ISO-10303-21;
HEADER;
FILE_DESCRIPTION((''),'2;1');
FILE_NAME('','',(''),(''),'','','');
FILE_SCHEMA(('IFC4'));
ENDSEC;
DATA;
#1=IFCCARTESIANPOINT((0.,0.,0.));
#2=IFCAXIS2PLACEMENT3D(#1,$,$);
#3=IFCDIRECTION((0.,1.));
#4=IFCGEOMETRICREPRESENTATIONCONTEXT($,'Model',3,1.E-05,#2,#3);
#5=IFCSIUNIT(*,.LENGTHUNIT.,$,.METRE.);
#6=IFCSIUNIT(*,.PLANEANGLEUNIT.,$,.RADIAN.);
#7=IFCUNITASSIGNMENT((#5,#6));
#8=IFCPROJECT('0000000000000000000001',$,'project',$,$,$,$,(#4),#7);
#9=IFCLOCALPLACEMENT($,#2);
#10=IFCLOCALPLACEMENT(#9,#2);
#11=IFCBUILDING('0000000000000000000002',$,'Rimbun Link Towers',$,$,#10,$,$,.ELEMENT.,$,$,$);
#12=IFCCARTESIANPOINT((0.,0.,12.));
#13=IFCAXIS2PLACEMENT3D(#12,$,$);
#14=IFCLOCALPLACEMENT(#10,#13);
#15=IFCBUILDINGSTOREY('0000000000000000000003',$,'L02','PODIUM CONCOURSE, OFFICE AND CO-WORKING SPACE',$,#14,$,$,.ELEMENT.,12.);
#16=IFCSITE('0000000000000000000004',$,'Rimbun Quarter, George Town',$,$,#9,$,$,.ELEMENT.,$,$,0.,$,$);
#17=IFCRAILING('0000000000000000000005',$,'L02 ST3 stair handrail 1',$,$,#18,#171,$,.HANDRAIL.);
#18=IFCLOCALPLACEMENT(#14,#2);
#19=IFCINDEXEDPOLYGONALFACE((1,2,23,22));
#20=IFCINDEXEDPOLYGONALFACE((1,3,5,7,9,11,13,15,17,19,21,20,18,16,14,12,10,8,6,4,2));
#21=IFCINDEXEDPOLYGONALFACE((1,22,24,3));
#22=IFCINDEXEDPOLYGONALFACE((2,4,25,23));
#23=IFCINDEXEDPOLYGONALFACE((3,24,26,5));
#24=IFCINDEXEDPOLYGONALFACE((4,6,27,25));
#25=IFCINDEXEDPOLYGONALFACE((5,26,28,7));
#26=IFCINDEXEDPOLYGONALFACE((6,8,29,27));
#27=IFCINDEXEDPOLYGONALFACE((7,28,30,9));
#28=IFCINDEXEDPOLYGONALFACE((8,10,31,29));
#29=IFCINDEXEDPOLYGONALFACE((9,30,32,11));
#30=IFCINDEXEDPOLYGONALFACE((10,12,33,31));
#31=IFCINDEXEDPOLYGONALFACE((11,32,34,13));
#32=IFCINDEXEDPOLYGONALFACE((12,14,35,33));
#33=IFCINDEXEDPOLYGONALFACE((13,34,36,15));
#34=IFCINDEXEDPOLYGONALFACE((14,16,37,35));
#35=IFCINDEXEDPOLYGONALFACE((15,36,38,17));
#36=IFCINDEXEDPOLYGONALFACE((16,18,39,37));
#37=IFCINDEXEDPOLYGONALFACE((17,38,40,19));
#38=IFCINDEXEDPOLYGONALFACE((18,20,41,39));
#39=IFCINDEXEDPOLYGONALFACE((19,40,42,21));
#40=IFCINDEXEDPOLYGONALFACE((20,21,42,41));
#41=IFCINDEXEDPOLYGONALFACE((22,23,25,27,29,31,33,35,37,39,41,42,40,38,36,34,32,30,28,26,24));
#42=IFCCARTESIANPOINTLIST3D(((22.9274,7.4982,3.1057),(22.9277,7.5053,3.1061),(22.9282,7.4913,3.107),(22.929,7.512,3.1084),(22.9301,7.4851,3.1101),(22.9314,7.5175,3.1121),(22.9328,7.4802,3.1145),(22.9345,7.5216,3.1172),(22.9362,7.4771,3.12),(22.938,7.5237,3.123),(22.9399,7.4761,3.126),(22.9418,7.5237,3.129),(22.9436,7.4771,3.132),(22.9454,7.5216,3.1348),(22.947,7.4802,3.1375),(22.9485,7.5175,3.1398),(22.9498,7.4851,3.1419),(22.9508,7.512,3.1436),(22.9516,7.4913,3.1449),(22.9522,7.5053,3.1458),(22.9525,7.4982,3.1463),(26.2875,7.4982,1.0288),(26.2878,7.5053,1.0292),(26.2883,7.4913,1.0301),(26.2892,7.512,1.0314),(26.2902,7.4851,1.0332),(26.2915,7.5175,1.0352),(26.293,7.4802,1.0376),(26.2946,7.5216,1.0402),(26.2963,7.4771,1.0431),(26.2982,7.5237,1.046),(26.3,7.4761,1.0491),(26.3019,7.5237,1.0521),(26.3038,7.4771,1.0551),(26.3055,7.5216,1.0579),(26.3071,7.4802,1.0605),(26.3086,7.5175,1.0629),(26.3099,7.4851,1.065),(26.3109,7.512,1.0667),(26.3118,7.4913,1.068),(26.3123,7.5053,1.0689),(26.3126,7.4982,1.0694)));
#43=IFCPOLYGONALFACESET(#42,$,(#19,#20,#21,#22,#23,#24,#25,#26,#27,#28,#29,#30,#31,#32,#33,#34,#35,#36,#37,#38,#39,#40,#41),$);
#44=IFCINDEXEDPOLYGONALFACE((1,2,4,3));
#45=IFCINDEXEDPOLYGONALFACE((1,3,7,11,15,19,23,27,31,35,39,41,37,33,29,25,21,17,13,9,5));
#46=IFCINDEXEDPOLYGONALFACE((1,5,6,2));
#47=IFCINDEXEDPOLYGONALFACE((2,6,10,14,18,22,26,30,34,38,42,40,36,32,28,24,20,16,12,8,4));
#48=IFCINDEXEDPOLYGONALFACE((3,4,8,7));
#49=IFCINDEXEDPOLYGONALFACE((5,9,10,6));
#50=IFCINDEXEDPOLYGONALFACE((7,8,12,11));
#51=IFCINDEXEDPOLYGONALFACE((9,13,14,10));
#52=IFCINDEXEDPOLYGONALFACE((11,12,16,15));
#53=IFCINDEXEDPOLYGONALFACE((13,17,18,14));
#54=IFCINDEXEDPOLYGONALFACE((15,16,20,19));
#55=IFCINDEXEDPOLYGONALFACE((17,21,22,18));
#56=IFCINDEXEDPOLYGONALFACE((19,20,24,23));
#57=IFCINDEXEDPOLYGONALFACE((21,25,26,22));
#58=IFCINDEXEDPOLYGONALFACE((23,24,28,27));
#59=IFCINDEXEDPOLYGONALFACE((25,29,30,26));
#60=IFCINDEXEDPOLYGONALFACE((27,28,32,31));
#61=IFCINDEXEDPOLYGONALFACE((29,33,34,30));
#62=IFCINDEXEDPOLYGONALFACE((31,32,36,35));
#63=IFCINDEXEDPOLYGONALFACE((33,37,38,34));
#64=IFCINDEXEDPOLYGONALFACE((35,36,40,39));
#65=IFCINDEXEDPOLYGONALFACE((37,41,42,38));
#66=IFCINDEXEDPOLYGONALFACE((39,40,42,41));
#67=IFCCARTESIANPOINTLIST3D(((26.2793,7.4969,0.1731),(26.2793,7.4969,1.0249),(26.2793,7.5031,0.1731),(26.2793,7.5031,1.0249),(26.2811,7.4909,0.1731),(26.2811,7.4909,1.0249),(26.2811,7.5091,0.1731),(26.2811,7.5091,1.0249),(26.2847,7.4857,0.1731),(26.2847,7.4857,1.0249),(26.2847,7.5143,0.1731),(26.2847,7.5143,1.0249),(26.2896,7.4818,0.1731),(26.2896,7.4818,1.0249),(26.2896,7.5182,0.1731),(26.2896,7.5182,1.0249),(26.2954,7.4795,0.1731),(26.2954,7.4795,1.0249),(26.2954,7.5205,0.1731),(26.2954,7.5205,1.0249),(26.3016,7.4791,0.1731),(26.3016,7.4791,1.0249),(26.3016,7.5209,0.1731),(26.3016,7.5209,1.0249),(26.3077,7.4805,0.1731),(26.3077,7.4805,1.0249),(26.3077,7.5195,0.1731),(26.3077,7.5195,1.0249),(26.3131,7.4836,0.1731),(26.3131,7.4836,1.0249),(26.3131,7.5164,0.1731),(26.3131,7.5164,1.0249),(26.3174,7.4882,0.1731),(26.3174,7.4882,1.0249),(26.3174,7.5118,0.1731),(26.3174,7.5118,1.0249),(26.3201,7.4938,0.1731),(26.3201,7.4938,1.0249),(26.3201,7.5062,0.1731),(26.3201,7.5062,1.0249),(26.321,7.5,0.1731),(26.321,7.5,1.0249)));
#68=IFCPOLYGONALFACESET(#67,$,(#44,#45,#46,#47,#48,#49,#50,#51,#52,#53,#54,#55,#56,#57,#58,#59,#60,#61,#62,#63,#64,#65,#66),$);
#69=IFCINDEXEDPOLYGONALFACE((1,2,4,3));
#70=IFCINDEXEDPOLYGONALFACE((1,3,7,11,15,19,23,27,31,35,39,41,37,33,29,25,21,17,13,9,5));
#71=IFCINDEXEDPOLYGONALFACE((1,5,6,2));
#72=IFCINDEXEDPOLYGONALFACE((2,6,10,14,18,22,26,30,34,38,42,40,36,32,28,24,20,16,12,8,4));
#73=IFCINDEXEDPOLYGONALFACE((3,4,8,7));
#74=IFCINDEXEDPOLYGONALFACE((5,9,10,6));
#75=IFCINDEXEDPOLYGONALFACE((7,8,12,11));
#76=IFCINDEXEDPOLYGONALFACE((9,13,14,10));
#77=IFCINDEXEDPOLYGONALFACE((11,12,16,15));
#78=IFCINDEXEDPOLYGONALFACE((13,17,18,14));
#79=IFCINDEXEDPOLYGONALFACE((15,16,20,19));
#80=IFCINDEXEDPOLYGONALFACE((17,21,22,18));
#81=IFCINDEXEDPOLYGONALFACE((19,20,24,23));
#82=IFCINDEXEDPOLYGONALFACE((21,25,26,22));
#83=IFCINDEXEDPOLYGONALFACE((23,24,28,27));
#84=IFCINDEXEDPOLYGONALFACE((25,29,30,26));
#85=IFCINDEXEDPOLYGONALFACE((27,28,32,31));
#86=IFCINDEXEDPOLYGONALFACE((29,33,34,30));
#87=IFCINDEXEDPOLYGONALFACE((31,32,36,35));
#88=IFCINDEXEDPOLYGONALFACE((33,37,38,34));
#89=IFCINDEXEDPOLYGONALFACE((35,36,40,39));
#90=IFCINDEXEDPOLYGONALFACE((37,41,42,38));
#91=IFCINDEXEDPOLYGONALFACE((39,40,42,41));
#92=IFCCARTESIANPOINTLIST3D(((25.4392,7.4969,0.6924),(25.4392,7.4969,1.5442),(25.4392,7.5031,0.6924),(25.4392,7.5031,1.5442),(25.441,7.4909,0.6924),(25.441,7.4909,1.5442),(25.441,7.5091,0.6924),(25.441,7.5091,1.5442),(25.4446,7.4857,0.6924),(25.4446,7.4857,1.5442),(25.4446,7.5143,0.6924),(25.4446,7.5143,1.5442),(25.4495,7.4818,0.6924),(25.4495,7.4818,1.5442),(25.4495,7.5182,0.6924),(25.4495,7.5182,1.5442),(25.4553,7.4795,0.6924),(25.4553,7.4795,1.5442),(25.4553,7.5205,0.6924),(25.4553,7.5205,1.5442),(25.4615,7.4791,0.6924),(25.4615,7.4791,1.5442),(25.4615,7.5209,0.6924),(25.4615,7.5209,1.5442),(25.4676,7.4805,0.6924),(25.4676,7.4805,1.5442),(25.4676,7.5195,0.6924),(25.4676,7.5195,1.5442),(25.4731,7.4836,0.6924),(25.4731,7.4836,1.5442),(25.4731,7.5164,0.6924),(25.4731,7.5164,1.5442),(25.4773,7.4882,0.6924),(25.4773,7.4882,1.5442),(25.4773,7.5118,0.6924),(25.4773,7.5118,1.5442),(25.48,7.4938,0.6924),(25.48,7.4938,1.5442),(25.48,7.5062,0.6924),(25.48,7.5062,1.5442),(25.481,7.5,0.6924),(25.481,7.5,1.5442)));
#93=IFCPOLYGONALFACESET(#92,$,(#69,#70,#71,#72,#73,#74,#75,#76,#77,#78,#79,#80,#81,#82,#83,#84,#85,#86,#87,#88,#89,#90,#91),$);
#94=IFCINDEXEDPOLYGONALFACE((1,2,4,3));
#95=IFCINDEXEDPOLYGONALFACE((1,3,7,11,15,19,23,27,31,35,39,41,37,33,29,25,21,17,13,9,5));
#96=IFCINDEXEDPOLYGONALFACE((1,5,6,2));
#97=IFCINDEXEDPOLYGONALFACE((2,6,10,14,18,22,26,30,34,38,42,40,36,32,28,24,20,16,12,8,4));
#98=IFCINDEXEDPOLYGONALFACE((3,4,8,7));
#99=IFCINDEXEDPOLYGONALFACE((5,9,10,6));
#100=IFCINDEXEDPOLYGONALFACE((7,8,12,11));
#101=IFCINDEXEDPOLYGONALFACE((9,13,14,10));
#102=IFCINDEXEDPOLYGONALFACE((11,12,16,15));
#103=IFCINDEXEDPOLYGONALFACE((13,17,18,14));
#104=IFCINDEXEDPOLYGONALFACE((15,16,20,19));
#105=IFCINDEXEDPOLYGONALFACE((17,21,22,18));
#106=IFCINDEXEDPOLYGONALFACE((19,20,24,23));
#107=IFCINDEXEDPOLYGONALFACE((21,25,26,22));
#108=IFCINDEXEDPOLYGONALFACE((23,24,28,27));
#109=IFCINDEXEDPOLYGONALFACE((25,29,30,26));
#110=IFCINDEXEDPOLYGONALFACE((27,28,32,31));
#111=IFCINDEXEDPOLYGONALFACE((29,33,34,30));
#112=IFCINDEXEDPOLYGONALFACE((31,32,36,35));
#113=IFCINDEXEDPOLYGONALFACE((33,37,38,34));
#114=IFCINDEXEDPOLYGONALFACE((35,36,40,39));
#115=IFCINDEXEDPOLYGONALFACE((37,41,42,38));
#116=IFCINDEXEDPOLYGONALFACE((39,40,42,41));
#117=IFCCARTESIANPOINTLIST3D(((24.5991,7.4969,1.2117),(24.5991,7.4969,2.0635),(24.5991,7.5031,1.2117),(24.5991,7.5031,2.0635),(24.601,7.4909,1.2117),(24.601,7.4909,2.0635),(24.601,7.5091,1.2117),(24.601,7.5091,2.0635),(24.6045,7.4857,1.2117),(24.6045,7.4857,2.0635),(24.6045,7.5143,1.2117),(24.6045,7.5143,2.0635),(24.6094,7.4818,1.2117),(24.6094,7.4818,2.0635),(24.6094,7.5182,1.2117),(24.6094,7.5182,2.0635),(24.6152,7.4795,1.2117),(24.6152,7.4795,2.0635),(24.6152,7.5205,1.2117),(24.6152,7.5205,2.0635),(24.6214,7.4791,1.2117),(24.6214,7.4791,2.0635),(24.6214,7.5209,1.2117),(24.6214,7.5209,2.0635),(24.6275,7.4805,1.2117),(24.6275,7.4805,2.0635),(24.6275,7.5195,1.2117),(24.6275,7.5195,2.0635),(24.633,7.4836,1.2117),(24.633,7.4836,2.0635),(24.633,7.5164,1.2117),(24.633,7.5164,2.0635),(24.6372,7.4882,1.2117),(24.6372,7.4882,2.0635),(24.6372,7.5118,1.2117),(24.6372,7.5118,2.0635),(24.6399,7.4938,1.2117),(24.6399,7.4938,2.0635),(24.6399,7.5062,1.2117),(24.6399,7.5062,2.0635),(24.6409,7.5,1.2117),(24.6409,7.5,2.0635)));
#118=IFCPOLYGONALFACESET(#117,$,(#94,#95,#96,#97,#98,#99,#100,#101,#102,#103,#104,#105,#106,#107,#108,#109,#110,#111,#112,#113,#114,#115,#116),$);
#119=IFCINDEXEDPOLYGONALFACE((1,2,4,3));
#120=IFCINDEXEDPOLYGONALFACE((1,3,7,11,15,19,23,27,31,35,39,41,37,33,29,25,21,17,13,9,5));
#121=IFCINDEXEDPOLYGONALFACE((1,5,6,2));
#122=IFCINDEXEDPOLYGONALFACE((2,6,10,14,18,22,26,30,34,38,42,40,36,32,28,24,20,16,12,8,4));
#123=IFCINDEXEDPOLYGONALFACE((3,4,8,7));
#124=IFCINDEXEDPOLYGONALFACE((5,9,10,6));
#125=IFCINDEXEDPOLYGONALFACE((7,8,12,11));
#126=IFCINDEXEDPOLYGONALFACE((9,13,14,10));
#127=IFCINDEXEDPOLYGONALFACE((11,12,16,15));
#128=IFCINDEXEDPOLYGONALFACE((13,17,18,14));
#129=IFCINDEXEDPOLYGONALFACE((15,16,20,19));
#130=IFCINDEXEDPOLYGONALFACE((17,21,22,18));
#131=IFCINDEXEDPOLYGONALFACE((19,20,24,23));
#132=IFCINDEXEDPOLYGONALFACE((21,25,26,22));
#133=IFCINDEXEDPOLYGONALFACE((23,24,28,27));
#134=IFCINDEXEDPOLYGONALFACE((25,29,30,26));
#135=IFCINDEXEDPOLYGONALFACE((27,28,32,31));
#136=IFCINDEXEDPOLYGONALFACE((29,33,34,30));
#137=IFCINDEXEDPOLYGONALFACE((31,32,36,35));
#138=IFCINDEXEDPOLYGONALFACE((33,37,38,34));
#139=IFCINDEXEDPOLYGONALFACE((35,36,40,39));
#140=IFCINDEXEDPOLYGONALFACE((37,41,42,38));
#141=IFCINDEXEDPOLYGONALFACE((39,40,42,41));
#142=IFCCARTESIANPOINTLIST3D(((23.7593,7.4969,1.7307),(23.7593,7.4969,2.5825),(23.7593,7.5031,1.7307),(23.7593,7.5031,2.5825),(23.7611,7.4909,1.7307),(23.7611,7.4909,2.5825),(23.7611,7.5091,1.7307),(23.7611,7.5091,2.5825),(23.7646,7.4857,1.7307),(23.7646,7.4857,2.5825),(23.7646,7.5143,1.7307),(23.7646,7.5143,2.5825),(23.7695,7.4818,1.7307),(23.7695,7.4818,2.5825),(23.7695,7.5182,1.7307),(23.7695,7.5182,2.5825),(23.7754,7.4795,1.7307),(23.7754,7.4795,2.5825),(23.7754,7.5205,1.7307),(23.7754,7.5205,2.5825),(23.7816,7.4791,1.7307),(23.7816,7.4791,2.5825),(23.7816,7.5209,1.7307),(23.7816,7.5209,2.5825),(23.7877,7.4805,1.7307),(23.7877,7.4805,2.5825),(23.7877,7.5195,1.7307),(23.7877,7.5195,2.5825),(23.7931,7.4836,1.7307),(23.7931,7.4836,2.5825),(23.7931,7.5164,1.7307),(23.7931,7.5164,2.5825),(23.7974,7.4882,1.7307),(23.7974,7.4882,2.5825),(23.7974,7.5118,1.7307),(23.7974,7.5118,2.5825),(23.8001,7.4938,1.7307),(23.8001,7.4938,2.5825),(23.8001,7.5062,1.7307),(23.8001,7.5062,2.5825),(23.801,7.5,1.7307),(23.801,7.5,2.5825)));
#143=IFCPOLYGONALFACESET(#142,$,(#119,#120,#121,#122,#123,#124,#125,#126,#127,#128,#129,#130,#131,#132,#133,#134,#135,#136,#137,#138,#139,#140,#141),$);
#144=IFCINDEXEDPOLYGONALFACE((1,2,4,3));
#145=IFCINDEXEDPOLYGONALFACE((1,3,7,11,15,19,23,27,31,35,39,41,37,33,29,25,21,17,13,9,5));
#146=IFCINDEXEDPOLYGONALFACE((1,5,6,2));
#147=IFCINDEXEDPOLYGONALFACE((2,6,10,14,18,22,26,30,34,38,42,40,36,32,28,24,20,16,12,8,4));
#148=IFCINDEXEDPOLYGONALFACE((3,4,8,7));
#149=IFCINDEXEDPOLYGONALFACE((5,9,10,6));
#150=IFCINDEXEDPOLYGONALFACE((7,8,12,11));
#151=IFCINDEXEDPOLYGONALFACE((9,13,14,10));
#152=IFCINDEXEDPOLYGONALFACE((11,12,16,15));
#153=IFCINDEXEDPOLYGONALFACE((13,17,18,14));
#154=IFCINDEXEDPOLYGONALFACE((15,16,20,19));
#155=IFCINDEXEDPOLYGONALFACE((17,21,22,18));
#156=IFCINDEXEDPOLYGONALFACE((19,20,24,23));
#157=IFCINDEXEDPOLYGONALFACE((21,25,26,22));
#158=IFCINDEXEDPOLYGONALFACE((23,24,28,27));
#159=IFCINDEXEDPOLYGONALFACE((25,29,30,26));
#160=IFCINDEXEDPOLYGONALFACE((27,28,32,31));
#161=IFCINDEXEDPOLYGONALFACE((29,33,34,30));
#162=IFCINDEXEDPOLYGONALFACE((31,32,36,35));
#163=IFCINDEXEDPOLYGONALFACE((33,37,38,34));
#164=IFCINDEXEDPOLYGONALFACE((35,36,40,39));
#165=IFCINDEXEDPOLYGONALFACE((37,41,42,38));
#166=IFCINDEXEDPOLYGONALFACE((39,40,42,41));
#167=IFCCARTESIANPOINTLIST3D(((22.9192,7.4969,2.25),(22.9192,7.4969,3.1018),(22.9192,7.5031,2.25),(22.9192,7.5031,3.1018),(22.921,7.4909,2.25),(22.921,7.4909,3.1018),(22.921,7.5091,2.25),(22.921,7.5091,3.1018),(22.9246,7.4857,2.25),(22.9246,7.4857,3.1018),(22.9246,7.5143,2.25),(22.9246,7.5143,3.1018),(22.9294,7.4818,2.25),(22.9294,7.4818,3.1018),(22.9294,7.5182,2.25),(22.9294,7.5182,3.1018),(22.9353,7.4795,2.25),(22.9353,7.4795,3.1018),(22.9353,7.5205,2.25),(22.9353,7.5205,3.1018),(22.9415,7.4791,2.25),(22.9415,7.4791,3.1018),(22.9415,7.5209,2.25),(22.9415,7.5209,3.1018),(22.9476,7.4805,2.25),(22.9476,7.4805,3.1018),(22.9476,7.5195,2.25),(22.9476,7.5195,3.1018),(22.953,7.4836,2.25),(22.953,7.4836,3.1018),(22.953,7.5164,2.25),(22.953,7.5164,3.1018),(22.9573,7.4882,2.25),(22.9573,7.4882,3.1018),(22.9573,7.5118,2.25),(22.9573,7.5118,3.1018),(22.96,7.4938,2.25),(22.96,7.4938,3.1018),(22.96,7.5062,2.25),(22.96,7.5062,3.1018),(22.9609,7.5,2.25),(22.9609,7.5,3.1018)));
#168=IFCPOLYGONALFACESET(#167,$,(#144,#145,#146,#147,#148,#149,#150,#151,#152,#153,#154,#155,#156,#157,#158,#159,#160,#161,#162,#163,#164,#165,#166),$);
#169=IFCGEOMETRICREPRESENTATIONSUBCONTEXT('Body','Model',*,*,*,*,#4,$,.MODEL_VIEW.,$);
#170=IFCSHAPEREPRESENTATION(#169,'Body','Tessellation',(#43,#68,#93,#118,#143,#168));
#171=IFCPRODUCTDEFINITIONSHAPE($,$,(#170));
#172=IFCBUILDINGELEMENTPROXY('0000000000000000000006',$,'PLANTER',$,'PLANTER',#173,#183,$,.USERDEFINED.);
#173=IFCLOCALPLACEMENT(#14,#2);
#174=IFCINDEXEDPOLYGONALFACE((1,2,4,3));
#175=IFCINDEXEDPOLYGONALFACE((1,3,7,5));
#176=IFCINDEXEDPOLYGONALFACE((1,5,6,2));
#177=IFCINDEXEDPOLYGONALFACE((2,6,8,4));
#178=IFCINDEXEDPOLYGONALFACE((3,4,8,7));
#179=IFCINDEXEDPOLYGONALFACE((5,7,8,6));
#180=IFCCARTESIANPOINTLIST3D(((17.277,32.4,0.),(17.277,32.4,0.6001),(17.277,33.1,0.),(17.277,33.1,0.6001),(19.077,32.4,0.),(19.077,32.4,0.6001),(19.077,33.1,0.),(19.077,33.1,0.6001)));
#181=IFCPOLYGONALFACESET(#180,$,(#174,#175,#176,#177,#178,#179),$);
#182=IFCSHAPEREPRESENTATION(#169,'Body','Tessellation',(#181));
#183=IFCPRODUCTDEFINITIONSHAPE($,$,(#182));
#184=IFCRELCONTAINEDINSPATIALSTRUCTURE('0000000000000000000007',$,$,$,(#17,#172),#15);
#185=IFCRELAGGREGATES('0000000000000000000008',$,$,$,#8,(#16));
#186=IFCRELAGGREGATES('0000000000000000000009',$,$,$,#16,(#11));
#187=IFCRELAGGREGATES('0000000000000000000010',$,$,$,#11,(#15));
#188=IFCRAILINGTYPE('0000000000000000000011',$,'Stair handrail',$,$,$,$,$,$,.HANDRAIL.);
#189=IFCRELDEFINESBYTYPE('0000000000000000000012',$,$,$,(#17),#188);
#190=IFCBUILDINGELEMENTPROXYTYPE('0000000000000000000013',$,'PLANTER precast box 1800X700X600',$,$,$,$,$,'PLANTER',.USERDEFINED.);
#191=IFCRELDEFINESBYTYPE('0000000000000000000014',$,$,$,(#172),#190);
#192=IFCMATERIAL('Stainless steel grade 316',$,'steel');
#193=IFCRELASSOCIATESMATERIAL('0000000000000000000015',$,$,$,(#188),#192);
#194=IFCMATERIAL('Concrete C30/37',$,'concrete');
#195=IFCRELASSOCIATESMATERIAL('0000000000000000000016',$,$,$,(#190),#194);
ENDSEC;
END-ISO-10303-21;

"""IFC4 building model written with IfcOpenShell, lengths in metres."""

from ifc_helpers import new_model, si_unit, direction, frame, origin, origin_2d, place, context, subcontext, project, spatial, rectangle, circle, extrude, material, type_object, element, save


model = new_model("IFC4")

# Units and contexts
model_context = context("Model", 3, precision=1e-05, world=origin(), true_north=direction((0.0, 1.0)))
body_context = subcontext(model_context, "Body", "Model", "MODEL_VIEW")
ifc_project = project(units=[si_unit("LENGTHUNIT", "METRE"), si_unit("PLANEANGLEUNIT", "RADIAN")], contexts=[model_context])

# Site, building, storey
site_placement = place(None, origin())
site = spatial("IfcSite", under=ifc_project, at=site_placement, Name="Rimbun Quarter, George Town", CompositionType="ELEMENT", RefElevation=0.0)
building_placement = place(site_placement, origin())
building = spatial("IfcBuilding", under=site, at=building_placement, Name="Rimbun Link Towers", CompositionType="ELEMENT")
storey_placement = place(building_placement, frame((0.0, 0.0, 12.0)))
storey = spatial("IfcBuildingStorey", under=building, at=storey_placement, Name="L02", Description="PODIUM CONCOURSE, OFFICE AND CO-WORKING SPACE", CompositionType="ELEMENT", Elevation=12.0)

# Railing
ifc_material_1 = material(Name="Stainless steel grade 316", Category="steel")
railing_type_1 = type_object("IfcRailingType", Name="Stair handrail", PredefinedType="HANDRAIL", material=ifc_material_1)
railing_1_placement = place(storey_placement, frame((26.3, 7.5, 0.1731)))
element("IfcRailing", 1, at=railing_1_placement, inside=storey, type_object=railing_type_1, Name="L02 ST3 stair handrail 1", PredefinedType="HANDRAIL", context=body_context, shape_type="SweptSolid", body=[
    extrude(circle(Radius=0.0239, at=origin_2d()), frame((0.0, 0.0, 0.876), z_axis=(-0.850623, 0.0, 0.525776), x_axis=(0.0, -1.0, 0.0)), (0.0, 0.0, 1.0), 3.9502),
    extrude(circle(Radius=0.021, at=origin_2d()), origin(), (0.0, 0.0, 1.0), 0.8518),
    extrude(circle(Radius=0.021, at=origin_2d()), frame((-0.8401, 0.0, 0.5193)), (0.0, 0.0, 1.0), 0.8518),
    extrude(circle(Radius=0.021, at=origin_2d()), frame((-1.6802, 0.0, 1.0386)), (0.0, 0.0, 1.0), 0.8518),
    extrude(circle(Radius=0.021, at=origin_2d()), frame((-2.52, 0.0, 1.5576)), (0.0, 0.0, 1.0), 0.8518),
    extrude(circle(Radius=0.021, at=origin_2d()), frame((-3.3601, 0.0, 2.0769)), (0.0, 0.0, 1.0), 0.8518),
])

# Building element proxy
ifc_material_2 = material(Name="Concrete C30/37", Category="concrete")
building_element_proxy_type = type_object("IfcBuildingElementProxyType", Name="PLANTER precast box 1800X700X600", ElementType="PLANTER", PredefinedType="USERDEFINED", material=ifc_material_2)
proxy_placement = place(storey_placement, frame((18.177, 32.75, 0.0), z_axis=(0.0, 0.0, 1.0), x_axis=(-1.0, 0.0, 0.0)))
element("IfcBuildingElementProxy", 2, at=proxy_placement, inside=storey, type_object=building_element_proxy_type, Name="PLANTER", ObjectType="PLANTER", PredefinedType="USERDEFINED", context=body_context, shape_type="SweptSolid", body=[
    extrude(rectangle(XDim=1.8, YDim=0.7, at=origin_2d()), origin(), (0.0, 0.0, 1.0), 0.6001),
])

save(model, "model.ifc")
